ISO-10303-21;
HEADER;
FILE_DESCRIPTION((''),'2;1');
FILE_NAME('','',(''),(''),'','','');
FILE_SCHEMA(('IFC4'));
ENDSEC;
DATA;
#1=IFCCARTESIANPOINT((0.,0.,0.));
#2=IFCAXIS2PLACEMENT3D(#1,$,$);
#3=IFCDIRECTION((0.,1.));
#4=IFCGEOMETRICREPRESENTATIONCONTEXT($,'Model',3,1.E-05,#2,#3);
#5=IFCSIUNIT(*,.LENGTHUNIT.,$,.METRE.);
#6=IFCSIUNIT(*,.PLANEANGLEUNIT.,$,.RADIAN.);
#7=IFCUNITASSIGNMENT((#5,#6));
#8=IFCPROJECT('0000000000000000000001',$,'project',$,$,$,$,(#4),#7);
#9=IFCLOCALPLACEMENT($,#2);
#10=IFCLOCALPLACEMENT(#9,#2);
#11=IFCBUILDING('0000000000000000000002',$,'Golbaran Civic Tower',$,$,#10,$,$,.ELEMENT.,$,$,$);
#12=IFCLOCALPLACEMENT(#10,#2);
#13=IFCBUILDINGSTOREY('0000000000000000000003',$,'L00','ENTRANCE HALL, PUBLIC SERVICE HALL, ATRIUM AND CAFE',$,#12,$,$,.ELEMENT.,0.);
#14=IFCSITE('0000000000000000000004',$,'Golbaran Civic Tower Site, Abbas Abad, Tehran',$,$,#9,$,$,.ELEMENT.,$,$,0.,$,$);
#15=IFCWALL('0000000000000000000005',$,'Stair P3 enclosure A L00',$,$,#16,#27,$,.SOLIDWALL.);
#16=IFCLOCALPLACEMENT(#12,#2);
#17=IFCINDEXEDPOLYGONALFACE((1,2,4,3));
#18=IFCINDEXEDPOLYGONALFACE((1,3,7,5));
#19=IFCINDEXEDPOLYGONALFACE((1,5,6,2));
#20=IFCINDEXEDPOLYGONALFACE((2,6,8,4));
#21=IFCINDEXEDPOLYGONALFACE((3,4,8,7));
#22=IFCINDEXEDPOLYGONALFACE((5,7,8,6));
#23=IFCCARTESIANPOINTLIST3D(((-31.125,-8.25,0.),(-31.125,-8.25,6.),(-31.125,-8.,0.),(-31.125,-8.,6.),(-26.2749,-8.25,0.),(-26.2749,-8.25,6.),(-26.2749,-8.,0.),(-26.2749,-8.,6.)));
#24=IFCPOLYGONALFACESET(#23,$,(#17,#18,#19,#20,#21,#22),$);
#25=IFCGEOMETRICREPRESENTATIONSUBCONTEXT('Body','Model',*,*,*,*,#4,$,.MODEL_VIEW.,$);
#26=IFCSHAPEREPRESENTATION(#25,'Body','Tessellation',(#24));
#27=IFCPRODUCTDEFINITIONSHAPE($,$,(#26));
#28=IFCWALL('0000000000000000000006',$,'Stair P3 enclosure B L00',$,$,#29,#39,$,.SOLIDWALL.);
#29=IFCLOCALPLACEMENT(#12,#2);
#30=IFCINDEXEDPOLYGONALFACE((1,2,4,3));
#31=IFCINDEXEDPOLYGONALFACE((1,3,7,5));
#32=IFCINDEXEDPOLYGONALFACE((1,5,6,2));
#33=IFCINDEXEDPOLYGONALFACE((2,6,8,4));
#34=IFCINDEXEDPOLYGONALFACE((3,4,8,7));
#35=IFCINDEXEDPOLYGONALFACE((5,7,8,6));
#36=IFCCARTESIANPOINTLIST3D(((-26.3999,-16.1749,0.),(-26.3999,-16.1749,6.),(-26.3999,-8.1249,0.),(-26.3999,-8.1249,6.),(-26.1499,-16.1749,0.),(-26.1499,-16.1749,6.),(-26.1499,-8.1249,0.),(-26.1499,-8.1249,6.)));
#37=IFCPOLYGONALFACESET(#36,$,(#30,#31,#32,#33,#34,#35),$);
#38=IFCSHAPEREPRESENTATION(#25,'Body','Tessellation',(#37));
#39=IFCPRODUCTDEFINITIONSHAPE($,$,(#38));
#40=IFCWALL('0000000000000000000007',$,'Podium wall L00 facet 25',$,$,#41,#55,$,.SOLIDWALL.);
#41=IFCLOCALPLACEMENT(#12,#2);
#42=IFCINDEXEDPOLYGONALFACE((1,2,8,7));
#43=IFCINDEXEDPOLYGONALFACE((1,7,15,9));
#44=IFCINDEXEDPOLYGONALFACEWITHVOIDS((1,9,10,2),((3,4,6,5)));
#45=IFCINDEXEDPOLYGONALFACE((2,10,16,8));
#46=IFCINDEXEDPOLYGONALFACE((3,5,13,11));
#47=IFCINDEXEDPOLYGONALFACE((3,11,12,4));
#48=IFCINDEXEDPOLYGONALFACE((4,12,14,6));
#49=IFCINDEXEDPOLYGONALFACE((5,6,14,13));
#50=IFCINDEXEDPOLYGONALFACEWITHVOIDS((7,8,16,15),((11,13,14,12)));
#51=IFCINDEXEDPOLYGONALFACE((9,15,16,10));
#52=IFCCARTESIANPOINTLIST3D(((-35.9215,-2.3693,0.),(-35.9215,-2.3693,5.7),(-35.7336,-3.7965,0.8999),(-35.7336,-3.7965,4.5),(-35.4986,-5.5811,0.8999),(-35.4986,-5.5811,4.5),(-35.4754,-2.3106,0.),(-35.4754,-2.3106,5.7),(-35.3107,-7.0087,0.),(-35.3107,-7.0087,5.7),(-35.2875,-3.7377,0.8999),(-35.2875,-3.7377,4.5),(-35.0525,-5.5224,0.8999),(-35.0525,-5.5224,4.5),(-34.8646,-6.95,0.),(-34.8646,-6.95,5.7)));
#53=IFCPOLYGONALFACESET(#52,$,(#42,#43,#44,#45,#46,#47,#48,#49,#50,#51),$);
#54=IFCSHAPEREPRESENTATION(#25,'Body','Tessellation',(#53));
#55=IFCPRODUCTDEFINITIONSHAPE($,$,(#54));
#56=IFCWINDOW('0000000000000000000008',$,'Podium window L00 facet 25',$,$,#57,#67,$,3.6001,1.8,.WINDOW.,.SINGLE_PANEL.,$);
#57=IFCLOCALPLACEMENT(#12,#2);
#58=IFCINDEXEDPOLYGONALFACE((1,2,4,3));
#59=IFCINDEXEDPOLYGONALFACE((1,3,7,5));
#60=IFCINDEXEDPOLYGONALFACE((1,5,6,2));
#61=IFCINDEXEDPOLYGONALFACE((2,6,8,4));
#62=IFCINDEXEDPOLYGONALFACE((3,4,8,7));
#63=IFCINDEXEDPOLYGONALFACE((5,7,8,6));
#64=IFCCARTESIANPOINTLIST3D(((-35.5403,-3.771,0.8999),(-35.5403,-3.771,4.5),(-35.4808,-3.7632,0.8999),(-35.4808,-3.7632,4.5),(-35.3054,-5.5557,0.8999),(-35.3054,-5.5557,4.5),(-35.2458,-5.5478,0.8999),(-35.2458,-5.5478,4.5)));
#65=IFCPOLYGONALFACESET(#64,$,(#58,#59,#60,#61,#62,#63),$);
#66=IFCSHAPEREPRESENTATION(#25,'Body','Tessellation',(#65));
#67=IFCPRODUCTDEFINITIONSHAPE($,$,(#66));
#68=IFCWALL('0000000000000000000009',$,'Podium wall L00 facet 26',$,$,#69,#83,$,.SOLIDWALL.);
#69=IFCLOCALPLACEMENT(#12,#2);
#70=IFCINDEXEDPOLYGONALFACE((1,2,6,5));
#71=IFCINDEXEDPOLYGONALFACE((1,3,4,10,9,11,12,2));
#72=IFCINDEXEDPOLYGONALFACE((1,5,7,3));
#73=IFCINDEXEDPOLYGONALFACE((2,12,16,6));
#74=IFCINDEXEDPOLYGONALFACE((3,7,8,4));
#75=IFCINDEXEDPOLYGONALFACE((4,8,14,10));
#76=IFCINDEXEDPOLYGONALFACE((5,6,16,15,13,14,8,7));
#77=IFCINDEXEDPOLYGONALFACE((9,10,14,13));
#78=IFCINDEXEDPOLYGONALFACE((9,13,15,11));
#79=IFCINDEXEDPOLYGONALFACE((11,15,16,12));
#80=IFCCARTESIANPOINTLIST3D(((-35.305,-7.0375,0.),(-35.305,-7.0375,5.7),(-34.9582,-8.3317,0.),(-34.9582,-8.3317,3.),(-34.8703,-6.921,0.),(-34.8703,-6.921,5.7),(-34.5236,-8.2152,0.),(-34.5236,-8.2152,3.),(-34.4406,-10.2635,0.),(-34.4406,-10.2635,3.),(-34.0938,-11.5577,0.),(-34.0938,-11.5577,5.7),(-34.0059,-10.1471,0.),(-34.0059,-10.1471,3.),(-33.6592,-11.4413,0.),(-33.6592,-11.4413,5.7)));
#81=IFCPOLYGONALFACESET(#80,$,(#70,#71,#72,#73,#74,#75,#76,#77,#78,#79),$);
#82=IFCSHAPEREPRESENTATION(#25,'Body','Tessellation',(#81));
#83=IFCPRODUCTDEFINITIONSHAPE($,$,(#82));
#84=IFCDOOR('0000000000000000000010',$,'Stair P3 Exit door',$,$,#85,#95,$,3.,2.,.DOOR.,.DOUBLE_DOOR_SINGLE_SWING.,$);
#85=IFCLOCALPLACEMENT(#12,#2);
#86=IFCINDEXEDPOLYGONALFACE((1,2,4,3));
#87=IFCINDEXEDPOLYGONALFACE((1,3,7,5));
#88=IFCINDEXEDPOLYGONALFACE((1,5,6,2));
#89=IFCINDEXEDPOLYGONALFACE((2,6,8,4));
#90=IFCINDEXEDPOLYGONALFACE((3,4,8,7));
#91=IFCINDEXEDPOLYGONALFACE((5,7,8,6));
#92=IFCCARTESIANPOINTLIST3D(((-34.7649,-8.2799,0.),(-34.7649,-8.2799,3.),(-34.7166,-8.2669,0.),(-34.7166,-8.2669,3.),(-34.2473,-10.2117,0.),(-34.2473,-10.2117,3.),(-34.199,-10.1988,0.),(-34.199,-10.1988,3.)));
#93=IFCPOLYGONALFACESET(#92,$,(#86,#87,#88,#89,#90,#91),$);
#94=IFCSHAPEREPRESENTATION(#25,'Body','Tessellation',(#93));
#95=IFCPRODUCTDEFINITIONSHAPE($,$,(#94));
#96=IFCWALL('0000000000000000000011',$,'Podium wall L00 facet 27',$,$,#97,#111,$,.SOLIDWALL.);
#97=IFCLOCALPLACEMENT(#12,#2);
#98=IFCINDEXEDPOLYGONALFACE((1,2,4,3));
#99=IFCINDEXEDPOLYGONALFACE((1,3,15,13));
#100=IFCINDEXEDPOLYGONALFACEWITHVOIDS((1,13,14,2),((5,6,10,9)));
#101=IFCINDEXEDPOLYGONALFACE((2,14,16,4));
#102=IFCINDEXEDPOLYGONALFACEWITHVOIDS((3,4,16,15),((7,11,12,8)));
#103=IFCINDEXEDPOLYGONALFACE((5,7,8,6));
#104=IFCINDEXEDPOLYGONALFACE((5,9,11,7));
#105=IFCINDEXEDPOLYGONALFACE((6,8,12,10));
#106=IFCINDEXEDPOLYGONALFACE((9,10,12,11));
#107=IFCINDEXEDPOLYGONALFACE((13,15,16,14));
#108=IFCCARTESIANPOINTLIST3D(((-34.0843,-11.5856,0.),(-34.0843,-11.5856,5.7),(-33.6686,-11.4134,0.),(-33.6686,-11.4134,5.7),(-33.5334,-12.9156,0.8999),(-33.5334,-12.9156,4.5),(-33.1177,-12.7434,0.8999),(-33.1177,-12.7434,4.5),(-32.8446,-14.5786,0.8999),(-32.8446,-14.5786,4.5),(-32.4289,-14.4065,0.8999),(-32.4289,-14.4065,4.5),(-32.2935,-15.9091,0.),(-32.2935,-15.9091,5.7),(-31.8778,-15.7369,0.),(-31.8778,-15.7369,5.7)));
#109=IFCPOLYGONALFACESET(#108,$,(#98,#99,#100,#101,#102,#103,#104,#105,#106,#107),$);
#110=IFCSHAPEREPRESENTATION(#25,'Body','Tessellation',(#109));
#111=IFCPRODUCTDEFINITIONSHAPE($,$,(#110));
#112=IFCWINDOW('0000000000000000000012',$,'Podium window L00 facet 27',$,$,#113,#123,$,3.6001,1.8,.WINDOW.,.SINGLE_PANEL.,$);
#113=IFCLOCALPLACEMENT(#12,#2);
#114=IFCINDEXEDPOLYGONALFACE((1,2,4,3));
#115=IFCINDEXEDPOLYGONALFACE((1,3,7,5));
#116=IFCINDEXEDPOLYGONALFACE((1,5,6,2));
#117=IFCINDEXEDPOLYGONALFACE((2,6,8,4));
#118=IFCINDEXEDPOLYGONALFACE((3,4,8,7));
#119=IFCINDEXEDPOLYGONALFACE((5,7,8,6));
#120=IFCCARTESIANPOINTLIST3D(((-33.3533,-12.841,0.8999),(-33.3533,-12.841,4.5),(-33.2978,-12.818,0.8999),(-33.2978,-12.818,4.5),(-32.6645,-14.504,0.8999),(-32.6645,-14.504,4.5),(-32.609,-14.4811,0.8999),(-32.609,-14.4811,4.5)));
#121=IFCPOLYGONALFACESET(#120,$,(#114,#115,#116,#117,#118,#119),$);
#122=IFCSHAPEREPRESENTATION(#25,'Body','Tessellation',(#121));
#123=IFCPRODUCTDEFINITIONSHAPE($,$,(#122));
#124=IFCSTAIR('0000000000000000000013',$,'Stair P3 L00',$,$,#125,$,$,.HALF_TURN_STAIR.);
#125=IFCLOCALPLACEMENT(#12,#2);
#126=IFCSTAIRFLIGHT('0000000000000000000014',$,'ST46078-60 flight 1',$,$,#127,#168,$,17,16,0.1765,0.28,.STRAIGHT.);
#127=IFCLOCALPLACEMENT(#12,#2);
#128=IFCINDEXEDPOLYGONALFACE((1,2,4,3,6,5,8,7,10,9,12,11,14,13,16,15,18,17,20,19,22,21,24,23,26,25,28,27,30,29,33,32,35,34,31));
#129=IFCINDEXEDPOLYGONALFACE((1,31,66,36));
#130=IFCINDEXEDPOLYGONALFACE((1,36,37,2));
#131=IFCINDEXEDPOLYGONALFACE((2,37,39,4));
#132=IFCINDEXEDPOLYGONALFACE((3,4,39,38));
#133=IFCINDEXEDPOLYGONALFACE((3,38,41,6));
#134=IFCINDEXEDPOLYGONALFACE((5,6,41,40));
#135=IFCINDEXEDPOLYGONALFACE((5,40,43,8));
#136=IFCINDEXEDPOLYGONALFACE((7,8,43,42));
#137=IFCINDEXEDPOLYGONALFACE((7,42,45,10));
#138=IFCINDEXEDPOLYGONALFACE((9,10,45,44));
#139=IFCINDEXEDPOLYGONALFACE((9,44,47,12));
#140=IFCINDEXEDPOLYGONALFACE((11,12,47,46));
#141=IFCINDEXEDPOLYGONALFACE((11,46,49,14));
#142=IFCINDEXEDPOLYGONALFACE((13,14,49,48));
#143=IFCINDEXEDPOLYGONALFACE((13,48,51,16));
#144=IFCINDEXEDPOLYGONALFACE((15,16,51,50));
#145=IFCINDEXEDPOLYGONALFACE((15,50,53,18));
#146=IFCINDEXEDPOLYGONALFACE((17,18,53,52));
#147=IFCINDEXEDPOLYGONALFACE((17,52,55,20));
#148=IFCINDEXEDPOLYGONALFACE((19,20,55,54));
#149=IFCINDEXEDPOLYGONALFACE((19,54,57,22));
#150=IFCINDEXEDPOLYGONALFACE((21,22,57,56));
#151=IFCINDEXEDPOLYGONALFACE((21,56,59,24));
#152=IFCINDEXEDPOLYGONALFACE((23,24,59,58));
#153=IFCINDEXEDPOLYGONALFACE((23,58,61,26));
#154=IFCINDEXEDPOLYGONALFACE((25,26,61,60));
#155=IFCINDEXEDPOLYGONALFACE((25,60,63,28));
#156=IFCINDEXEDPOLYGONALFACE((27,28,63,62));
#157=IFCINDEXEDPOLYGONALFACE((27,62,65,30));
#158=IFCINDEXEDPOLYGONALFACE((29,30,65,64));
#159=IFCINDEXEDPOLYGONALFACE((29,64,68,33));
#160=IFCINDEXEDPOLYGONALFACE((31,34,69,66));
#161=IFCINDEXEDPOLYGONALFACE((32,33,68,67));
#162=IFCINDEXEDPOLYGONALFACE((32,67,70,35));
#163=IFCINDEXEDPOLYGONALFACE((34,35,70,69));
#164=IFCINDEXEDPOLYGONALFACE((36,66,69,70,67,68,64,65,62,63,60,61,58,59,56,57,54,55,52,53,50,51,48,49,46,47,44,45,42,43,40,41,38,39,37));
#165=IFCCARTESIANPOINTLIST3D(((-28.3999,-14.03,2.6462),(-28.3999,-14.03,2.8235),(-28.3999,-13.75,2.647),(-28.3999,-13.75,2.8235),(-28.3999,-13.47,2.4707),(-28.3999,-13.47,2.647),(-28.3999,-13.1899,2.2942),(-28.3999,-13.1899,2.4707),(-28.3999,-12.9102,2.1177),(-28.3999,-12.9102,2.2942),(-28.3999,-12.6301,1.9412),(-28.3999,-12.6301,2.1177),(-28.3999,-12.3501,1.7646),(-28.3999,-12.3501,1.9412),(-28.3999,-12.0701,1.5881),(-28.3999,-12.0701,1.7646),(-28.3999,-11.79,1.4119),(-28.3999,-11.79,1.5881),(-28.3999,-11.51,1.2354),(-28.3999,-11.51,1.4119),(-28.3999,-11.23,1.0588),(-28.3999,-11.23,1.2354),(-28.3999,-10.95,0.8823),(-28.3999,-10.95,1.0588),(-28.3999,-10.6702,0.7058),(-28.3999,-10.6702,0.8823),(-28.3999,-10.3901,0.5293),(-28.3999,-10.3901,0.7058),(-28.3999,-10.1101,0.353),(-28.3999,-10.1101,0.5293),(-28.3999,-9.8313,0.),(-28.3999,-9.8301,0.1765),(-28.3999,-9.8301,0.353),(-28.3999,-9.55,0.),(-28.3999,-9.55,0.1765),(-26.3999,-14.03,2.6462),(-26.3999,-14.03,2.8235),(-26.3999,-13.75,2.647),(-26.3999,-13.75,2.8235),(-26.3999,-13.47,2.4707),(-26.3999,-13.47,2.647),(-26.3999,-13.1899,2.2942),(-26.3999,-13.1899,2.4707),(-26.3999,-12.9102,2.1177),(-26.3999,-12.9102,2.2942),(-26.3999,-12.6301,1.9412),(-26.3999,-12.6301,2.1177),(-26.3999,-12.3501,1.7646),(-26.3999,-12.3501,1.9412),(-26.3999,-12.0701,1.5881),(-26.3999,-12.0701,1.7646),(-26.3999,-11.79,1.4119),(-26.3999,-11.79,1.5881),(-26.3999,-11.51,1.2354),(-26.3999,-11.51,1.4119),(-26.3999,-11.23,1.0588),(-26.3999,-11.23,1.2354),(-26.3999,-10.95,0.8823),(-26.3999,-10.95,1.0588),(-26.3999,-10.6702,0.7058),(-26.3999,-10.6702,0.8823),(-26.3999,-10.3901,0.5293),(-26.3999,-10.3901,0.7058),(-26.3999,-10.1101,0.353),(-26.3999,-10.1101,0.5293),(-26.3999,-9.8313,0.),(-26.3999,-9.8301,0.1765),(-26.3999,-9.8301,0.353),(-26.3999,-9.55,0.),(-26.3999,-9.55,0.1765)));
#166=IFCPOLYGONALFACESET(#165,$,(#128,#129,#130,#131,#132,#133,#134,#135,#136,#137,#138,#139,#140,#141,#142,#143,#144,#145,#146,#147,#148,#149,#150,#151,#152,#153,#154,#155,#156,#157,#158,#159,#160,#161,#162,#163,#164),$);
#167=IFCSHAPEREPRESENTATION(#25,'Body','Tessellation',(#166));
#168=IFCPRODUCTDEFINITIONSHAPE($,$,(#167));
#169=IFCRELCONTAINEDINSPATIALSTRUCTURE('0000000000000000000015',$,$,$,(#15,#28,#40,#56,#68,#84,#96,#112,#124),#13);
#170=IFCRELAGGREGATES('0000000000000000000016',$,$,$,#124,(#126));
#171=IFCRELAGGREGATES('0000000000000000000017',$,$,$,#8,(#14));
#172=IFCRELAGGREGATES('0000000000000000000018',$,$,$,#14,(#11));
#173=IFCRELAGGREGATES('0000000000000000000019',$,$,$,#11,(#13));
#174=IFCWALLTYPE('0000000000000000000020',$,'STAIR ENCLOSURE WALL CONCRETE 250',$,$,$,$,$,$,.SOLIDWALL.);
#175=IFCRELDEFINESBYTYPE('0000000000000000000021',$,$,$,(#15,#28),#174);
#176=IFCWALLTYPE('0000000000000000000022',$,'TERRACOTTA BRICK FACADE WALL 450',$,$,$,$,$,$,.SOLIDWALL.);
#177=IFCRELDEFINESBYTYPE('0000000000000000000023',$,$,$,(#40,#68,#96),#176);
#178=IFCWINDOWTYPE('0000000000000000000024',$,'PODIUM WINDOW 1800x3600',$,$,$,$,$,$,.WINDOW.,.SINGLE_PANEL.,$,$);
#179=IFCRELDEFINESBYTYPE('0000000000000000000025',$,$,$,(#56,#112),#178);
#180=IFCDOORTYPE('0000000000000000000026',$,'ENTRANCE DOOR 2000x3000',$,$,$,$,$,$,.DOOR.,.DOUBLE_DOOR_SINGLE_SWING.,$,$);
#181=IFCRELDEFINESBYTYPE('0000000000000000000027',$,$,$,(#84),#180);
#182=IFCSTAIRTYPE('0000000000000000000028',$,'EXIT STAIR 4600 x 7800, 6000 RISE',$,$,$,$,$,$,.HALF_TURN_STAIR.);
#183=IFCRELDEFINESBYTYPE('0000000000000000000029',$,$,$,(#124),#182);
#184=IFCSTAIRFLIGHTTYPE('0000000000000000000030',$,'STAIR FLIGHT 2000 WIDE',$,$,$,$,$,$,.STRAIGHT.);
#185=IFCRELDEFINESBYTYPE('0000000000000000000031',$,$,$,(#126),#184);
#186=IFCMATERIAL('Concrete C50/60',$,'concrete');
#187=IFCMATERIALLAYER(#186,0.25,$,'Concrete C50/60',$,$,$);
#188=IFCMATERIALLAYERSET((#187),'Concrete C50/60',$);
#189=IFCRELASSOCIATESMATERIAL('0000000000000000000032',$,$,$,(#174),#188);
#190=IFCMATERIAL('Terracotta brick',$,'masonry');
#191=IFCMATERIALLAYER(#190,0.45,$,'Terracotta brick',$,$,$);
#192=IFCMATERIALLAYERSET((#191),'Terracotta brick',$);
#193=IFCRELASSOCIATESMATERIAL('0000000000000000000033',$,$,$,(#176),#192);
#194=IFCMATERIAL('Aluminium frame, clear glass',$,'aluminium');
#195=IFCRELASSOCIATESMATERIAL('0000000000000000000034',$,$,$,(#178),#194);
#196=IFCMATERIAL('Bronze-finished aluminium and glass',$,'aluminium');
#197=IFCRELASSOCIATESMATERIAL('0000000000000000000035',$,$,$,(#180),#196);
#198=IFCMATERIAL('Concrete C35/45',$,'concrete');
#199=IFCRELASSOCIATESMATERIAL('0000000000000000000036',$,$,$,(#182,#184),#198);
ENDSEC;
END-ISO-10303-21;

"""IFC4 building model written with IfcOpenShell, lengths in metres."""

from ifc_helpers import new_model, si_unit, direction, frame, frame_2d, origin, place, context, subcontext, project, spatial, polyline, rectangle, outline, extrude, material, layer, layer_set, type_object, element, fill, aggregate, save


model = new_model("IFC4")

# Units and contexts
model_context = context("Model", 3, precision=1e-05, world=origin(), true_north=direction((0.0, 1.0)))
body_context = subcontext(model_context, "Body", "Model", "MODEL_VIEW")
ifc_project = project(units=[si_unit("LENGTHUNIT", "METRE"), si_unit("PLANEANGLEUNIT", "RADIAN")], contexts=[model_context])

# Site, building, storey
site_placement = place(None, origin())
site = spatial("IfcSite", under=ifc_project, at=site_placement, Name="Golbaran Civic Tower Site, Abbas Abad, Tehran", CompositionType="ELEMENT", RefElevation=0.0)
building_placement = place(site_placement, origin())
building = spatial("IfcBuilding", under=site, at=building_placement, Name="Golbaran Civic Tower", CompositionType="ELEMENT")
storey_placement = place(building_placement, origin())
storey = spatial("IfcBuildingStorey", under=building, at=storey_placement, Name="L00", Description="ENTRANCE HALL, PUBLIC SERVICE HALL, ATRIUM AND CAFE", CompositionType="ELEMENT", Elevation=0.0)

# Shared definitions
ifc_material_1 = material(Name="Concrete C50/60", Category="concrete")

# Walls
ifc_layer_1 = layer(ifc_material_1, 0.25, Name="Concrete C50/60")
ifc_layer_set_1 = layer_set([ifc_layer_1], Name="Concrete C50/60")
wall_type_1 = type_object("IfcWallType", Name="STAIR ENCLOSURE WALL CONCRETE 250", PredefinedType="SOLIDWALL", material=ifc_layer_set_1)
wall_1_placement = place(storey_placement, frame((-31.125, -8.125, 0.0), z_axis=(0.0, 0.0, 1.0), x_axis=(1.0, 0.0, 0.0)))
element("IfcWall", 1, at=wall_1_placement, inside=storey, type_object=wall_type_1, Name="Stair P3 enclosure A L00", PredefinedType="SOLIDWALL", context=body_context, shape_type="SweptSolid", body=[
    extrude(rectangle(XDim=4.8501, YDim=0.25, at=frame_2d((2.425, 0.0))), origin(), (0.0, 0.0, 1.0), 6.0),
])
wall_2_placement = place(storey_placement, frame((-26.2749, -8.125, 0.0), z_axis=(0.0, 0.0, 1.0), x_axis=(0.0, -1.0, 0.0)))
element("IfcWall", 2, at=wall_2_placement, inside=storey, type_object=wall_type_1, Name="Stair P3 enclosure B L00", PredefinedType="SOLIDWALL", context=body_context, shape_type="SweptSolid", body=[
    extrude(rectangle(XDim=8.05, YDim=0.25, at=frame_2d((4.0249, 0.0))), origin(), (0.0, 0.0, 1.0), 6.0),
])

# Wall, opening, window
ifc_material_2 = material(Name="Terracotta brick", Category="masonry")
ifc_layer_2 = layer(ifc_material_2, 0.45, Name="Terracotta brick")
ifc_layer_set_2 = layer_set([ifc_layer_2], Name="Terracotta brick")
wall_type_2 = type_object("IfcWallType", Name="TERRACOTTA BRICK FACADE WALL 450", PredefinedType="SOLIDWALL", material=ifc_layer_set_2)
wall_3_placement = place(storey_placement, frame((-35.6985, -2.3398, 0.0), z_axis=(0.0, 0.0, 1.0), x_axis=(0.130537, -0.991443, 0.0)))
wall_3 = element("IfcWall", 3, at=wall_3_placement, inside=storey, type_object=wall_type_2, Name="Podium wall L00 facet 25", PredefinedType="SOLIDWALL", context=body_context, shape_type="SweptSolid", body=[
    extrude(rectangle(XDim=4.6794, YDim=0.45, at=frame_2d((2.3398, 0.0))), origin(), (0.0, 0.0, 1.0), 5.7),
])
opening_1_placement = place(wall_3_placement, frame((1.4397, 0.0, 0.8999)))
opening_1 = element("IfcOpeningElement", 4, at=opening_1_placement, cuts=wall_3, PredefinedType="OPENING", context=body_context, shape_type="SweptSolid", body=[
    extrude(rectangle(XDim=1.8, YDim=3.6001, at=frame_2d((0.8999, 1.8))), frame((0.0, 0.2349, 0.0), z_axis=(0.0, -1.0, 0.0), x_axis=(1.0, 0.0, 0.0)), (0.0, 0.0, 1.0), 0.47),
])
ifc_material_3 = material(Name="Aluminium frame, clear glass", Category="aluminium")
window_type = type_object("IfcWindowType", Name="PODIUM WINDOW 1800x3600", PartitioningType="SINGLE_PANEL", PredefinedType="WINDOW", material=ifc_material_3)
window_1_placement = place(opening_1_placement, origin())
window_1 = element("IfcWindow", 5, at=window_1_placement, inside=storey, type_object=window_type, Name="Podium window L00 facet 25", OverallHeight=3.6001, OverallWidth=1.8, PartitioningType="SINGLE_PANEL", PredefinedType="WINDOW", context=body_context, shape_type="SweptSolid", body=[
    extrude(rectangle(XDim=1.8, YDim=3.6001, at=frame_2d((0.8999, 1.8))), frame((0.0, 0.03, 0.0), z_axis=(0.0, -1.0, 0.0), x_axis=(1.0, 0.0, 0.0)), (0.0, 0.0, 1.0), 0.0601),
])
fill(opening_1, window_1)

# Wall, opening, door
wall_4_placement = place(storey_placement, frame((-35.0876, -6.9792, 0.0), z_axis=(0.0, 0.0, 1.0), x_axis=(0.258815, -0.965927, 0.0)))
wall_4 = element("IfcWall", 6, at=wall_4_placement, inside=storey, type_object=wall_type_2, Name="Podium wall L00 facet 26", PredefinedType="SOLIDWALL", context=body_context, shape_type="SweptSolid", body=[
    extrude(rectangle(XDim=4.6797, YDim=0.45, at=frame_2d((2.3398, 0.0))), origin(), (0.0, 0.0, 1.0), 5.7),
])
opening_2_placement = place(wall_4_placement, frame((1.3398, 0.0, 0.0)))
opening_2 = element("IfcOpeningElement", 7, at=opening_2_placement, cuts=wall_4, PredefinedType="OPENING", context=body_context, shape_type="SweptSolid", body=[
    extrude(rectangle(XDim=2.0, YDim=3.0, at=frame_2d((1.0, 1.5))), frame((0.0, 0.2349, 0.0), z_axis=(0.0, -1.0, 0.0), x_axis=(1.0, 0.0, 0.0)), (0.0, 0.0, 1.0), 0.47),
])
ifc_material_4 = material(Name="Bronze-finished aluminium and glass", Category="aluminium")
door_type_1 = type_object("IfcDoorType", Name="ENTRANCE DOOR 2000x3000", OperationType="DOUBLE_DOOR_SINGLE_SWING", PredefinedType="DOOR", material=ifc_material_4)
door_1_placement = place(opening_2_placement, frame((2.0, 0.0, 0.0), z_axis=(0.0, 0.0, 1.0), x_axis=(-1.0, 0.0, 0.0)))
door_1 = element("IfcDoor", 8, at=door_1_placement, inside=storey, type_object=door_type_1, Name="Stair P3 Exit door", OperationType="DOUBLE_DOOR_SINGLE_SWING", OverallHeight=3.0, OverallWidth=2.0, PredefinedType="DOOR", context=body_context, shape_type="SweptSolid", body=[
    extrude(rectangle(XDim=2.0, YDim=3.0, at=frame_2d((1.0, 1.5))), frame((0.0, 0.0249, 0.0), z_axis=(0.0, -1.0, 0.0), x_axis=(1.0, 0.0, 0.0)), (0.0, 0.0, 1.0), 0.05),
])
fill(opening_2, door_1)

# Wall, opening, window
wall_5_placement = place(storey_placement, frame((-33.8765, -11.4995, 0.0), z_axis=(0.0, 0.0, 1.0), x_axis=(0.38267, -0.923885, 0.0)))
wall_5 = element("IfcWall", 9, at=wall_5_placement, inside=storey, type_object=wall_type_2, Name="Podium wall L00 facet 27", PredefinedType="SOLIDWALL", context=body_context, shape_type="SweptSolid", body=[
    extrude(rectangle(XDim=4.6797, YDim=0.45, at=frame_2d((2.3398, 0.0))), origin(), (0.0, 0.0, 1.0), 5.7),
])
opening_3_placement = place(wall_5_placement, frame((1.4397, 0.0, 0.8999)))
opening_3 = element("IfcOpeningElement", 10, at=opening_3_placement, cuts=wall_5, PredefinedType="OPENING", context=body_context, shape_type="SweptSolid", body=[
    extrude(rectangle(XDim=1.8, YDim=3.6001, at=frame_2d((0.8999, 1.8))), frame((0.0, 0.2349, 0.0), z_axis=(0.0, -1.0, 0.0), x_axis=(1.0, 0.0, 0.0)), (0.0, 0.0, 1.0), 0.47),
])
window_2_placement = place(opening_3_placement, origin())
window_2 = element("IfcWindow", 11, at=window_2_placement, inside=storey, type_object=window_type, Name="Podium window L00 facet 27", OverallHeight=3.6001, OverallWidth=1.8, PartitioningType="SINGLE_PANEL", PredefinedType="WINDOW", context=body_context, shape_type="SweptSolid", body=[
    extrude(rectangle(XDim=1.8, YDim=3.6001, at=frame_2d((0.8999, 1.8))), frame((0.0, 0.03, 0.0), z_axis=(0.0, -1.0, 0.0), x_axis=(1.0, 0.0, 0.0)), (0.0, 0.0, 1.0), 0.0601),
])
fill(opening_3, window_2)

# Stair, stair flight
ifc_material_5 = material(Name="Concrete C35/45", Category="concrete")
stair_type = type_object("IfcStairType", Name="EXIT STAIR 4600 x 7800, 6000 RISE", PredefinedType="HALF_TURN_STAIR", material=ifc_material_5)
stair_placement = place(storey_placement, origin())
stair = element("IfcStair", 12, at=stair_placement, inside=storey, type_object=stair_type, Name="Stair P3 L00", PredefinedType="HALF_TURN_STAIR")
stair_flight_type = type_object("IfcStairFlightType", Name="STAIR FLIGHT 2000 WIDE", PredefinedType="STRAIGHT", material=ifc_material_5)
stair_flight_1_placement = place(storey_placement, frame((-27.3999, -9.55, 0.0), z_axis=(0.0, 0.0, 1.0), x_axis=(0.0, -1.0, 0.0)))
stair_flight_1 = element("IfcStairFlight", 13, at=stair_flight_1_placement, type_object=stair_flight_type, Name="ST46078-60 flight 1", NumberOfRisers=17, NumberOfTreads=16, PredefinedType="STRAIGHT", RiserHeight=0.1765, TreadLength=0.28, context=body_context, shape_type="SweptSolid", body=[
    extrude(outline(polyline([(0.0, 0.0), (0.0, 0.1765), (0.28, 0.1765), (0.28, 0.353), (0.5601, 0.353), (0.5601, 0.5293), (0.8401, 0.5293), (0.8401, 0.7058), (1.1201, 0.7058), (1.1201, 0.8823), (1.3999, 0.8823), (1.3999, 1.0588), (1.6799, 1.0588), (1.6799, 1.2354), (1.96, 1.2354), (1.96, 1.4119), (2.24, 1.4119), (2.24, 1.5881), (2.52, 1.5881), (2.52, 1.7646), (2.8, 1.7646), (2.8, 1.9412), (3.0801, 1.9412), (3.0801, 2.1177), (3.3601, 2.1177), (3.3601, 2.2942), (3.6399, 2.2942), (3.6399, 2.4707), (3.9199, 2.4707), (3.9199, 2.647), (4.2, 2.647), (4.2, 2.8235), (4.48, 2.8235), (4.48, 3.0), (4.48, 2.6462), (0.2812, 0.0), (0.0, 0.0)])), frame((0.0, 1.0, 0.0), z_axis=(0.0, -1.0, 0.0), x_axis=(1.0, 0.0, 0.0)), (0.0, 0.0, 1.0), 2.0),
])
aggregate(stair, [stair_flight_1])

save(model, "model.ifc")
